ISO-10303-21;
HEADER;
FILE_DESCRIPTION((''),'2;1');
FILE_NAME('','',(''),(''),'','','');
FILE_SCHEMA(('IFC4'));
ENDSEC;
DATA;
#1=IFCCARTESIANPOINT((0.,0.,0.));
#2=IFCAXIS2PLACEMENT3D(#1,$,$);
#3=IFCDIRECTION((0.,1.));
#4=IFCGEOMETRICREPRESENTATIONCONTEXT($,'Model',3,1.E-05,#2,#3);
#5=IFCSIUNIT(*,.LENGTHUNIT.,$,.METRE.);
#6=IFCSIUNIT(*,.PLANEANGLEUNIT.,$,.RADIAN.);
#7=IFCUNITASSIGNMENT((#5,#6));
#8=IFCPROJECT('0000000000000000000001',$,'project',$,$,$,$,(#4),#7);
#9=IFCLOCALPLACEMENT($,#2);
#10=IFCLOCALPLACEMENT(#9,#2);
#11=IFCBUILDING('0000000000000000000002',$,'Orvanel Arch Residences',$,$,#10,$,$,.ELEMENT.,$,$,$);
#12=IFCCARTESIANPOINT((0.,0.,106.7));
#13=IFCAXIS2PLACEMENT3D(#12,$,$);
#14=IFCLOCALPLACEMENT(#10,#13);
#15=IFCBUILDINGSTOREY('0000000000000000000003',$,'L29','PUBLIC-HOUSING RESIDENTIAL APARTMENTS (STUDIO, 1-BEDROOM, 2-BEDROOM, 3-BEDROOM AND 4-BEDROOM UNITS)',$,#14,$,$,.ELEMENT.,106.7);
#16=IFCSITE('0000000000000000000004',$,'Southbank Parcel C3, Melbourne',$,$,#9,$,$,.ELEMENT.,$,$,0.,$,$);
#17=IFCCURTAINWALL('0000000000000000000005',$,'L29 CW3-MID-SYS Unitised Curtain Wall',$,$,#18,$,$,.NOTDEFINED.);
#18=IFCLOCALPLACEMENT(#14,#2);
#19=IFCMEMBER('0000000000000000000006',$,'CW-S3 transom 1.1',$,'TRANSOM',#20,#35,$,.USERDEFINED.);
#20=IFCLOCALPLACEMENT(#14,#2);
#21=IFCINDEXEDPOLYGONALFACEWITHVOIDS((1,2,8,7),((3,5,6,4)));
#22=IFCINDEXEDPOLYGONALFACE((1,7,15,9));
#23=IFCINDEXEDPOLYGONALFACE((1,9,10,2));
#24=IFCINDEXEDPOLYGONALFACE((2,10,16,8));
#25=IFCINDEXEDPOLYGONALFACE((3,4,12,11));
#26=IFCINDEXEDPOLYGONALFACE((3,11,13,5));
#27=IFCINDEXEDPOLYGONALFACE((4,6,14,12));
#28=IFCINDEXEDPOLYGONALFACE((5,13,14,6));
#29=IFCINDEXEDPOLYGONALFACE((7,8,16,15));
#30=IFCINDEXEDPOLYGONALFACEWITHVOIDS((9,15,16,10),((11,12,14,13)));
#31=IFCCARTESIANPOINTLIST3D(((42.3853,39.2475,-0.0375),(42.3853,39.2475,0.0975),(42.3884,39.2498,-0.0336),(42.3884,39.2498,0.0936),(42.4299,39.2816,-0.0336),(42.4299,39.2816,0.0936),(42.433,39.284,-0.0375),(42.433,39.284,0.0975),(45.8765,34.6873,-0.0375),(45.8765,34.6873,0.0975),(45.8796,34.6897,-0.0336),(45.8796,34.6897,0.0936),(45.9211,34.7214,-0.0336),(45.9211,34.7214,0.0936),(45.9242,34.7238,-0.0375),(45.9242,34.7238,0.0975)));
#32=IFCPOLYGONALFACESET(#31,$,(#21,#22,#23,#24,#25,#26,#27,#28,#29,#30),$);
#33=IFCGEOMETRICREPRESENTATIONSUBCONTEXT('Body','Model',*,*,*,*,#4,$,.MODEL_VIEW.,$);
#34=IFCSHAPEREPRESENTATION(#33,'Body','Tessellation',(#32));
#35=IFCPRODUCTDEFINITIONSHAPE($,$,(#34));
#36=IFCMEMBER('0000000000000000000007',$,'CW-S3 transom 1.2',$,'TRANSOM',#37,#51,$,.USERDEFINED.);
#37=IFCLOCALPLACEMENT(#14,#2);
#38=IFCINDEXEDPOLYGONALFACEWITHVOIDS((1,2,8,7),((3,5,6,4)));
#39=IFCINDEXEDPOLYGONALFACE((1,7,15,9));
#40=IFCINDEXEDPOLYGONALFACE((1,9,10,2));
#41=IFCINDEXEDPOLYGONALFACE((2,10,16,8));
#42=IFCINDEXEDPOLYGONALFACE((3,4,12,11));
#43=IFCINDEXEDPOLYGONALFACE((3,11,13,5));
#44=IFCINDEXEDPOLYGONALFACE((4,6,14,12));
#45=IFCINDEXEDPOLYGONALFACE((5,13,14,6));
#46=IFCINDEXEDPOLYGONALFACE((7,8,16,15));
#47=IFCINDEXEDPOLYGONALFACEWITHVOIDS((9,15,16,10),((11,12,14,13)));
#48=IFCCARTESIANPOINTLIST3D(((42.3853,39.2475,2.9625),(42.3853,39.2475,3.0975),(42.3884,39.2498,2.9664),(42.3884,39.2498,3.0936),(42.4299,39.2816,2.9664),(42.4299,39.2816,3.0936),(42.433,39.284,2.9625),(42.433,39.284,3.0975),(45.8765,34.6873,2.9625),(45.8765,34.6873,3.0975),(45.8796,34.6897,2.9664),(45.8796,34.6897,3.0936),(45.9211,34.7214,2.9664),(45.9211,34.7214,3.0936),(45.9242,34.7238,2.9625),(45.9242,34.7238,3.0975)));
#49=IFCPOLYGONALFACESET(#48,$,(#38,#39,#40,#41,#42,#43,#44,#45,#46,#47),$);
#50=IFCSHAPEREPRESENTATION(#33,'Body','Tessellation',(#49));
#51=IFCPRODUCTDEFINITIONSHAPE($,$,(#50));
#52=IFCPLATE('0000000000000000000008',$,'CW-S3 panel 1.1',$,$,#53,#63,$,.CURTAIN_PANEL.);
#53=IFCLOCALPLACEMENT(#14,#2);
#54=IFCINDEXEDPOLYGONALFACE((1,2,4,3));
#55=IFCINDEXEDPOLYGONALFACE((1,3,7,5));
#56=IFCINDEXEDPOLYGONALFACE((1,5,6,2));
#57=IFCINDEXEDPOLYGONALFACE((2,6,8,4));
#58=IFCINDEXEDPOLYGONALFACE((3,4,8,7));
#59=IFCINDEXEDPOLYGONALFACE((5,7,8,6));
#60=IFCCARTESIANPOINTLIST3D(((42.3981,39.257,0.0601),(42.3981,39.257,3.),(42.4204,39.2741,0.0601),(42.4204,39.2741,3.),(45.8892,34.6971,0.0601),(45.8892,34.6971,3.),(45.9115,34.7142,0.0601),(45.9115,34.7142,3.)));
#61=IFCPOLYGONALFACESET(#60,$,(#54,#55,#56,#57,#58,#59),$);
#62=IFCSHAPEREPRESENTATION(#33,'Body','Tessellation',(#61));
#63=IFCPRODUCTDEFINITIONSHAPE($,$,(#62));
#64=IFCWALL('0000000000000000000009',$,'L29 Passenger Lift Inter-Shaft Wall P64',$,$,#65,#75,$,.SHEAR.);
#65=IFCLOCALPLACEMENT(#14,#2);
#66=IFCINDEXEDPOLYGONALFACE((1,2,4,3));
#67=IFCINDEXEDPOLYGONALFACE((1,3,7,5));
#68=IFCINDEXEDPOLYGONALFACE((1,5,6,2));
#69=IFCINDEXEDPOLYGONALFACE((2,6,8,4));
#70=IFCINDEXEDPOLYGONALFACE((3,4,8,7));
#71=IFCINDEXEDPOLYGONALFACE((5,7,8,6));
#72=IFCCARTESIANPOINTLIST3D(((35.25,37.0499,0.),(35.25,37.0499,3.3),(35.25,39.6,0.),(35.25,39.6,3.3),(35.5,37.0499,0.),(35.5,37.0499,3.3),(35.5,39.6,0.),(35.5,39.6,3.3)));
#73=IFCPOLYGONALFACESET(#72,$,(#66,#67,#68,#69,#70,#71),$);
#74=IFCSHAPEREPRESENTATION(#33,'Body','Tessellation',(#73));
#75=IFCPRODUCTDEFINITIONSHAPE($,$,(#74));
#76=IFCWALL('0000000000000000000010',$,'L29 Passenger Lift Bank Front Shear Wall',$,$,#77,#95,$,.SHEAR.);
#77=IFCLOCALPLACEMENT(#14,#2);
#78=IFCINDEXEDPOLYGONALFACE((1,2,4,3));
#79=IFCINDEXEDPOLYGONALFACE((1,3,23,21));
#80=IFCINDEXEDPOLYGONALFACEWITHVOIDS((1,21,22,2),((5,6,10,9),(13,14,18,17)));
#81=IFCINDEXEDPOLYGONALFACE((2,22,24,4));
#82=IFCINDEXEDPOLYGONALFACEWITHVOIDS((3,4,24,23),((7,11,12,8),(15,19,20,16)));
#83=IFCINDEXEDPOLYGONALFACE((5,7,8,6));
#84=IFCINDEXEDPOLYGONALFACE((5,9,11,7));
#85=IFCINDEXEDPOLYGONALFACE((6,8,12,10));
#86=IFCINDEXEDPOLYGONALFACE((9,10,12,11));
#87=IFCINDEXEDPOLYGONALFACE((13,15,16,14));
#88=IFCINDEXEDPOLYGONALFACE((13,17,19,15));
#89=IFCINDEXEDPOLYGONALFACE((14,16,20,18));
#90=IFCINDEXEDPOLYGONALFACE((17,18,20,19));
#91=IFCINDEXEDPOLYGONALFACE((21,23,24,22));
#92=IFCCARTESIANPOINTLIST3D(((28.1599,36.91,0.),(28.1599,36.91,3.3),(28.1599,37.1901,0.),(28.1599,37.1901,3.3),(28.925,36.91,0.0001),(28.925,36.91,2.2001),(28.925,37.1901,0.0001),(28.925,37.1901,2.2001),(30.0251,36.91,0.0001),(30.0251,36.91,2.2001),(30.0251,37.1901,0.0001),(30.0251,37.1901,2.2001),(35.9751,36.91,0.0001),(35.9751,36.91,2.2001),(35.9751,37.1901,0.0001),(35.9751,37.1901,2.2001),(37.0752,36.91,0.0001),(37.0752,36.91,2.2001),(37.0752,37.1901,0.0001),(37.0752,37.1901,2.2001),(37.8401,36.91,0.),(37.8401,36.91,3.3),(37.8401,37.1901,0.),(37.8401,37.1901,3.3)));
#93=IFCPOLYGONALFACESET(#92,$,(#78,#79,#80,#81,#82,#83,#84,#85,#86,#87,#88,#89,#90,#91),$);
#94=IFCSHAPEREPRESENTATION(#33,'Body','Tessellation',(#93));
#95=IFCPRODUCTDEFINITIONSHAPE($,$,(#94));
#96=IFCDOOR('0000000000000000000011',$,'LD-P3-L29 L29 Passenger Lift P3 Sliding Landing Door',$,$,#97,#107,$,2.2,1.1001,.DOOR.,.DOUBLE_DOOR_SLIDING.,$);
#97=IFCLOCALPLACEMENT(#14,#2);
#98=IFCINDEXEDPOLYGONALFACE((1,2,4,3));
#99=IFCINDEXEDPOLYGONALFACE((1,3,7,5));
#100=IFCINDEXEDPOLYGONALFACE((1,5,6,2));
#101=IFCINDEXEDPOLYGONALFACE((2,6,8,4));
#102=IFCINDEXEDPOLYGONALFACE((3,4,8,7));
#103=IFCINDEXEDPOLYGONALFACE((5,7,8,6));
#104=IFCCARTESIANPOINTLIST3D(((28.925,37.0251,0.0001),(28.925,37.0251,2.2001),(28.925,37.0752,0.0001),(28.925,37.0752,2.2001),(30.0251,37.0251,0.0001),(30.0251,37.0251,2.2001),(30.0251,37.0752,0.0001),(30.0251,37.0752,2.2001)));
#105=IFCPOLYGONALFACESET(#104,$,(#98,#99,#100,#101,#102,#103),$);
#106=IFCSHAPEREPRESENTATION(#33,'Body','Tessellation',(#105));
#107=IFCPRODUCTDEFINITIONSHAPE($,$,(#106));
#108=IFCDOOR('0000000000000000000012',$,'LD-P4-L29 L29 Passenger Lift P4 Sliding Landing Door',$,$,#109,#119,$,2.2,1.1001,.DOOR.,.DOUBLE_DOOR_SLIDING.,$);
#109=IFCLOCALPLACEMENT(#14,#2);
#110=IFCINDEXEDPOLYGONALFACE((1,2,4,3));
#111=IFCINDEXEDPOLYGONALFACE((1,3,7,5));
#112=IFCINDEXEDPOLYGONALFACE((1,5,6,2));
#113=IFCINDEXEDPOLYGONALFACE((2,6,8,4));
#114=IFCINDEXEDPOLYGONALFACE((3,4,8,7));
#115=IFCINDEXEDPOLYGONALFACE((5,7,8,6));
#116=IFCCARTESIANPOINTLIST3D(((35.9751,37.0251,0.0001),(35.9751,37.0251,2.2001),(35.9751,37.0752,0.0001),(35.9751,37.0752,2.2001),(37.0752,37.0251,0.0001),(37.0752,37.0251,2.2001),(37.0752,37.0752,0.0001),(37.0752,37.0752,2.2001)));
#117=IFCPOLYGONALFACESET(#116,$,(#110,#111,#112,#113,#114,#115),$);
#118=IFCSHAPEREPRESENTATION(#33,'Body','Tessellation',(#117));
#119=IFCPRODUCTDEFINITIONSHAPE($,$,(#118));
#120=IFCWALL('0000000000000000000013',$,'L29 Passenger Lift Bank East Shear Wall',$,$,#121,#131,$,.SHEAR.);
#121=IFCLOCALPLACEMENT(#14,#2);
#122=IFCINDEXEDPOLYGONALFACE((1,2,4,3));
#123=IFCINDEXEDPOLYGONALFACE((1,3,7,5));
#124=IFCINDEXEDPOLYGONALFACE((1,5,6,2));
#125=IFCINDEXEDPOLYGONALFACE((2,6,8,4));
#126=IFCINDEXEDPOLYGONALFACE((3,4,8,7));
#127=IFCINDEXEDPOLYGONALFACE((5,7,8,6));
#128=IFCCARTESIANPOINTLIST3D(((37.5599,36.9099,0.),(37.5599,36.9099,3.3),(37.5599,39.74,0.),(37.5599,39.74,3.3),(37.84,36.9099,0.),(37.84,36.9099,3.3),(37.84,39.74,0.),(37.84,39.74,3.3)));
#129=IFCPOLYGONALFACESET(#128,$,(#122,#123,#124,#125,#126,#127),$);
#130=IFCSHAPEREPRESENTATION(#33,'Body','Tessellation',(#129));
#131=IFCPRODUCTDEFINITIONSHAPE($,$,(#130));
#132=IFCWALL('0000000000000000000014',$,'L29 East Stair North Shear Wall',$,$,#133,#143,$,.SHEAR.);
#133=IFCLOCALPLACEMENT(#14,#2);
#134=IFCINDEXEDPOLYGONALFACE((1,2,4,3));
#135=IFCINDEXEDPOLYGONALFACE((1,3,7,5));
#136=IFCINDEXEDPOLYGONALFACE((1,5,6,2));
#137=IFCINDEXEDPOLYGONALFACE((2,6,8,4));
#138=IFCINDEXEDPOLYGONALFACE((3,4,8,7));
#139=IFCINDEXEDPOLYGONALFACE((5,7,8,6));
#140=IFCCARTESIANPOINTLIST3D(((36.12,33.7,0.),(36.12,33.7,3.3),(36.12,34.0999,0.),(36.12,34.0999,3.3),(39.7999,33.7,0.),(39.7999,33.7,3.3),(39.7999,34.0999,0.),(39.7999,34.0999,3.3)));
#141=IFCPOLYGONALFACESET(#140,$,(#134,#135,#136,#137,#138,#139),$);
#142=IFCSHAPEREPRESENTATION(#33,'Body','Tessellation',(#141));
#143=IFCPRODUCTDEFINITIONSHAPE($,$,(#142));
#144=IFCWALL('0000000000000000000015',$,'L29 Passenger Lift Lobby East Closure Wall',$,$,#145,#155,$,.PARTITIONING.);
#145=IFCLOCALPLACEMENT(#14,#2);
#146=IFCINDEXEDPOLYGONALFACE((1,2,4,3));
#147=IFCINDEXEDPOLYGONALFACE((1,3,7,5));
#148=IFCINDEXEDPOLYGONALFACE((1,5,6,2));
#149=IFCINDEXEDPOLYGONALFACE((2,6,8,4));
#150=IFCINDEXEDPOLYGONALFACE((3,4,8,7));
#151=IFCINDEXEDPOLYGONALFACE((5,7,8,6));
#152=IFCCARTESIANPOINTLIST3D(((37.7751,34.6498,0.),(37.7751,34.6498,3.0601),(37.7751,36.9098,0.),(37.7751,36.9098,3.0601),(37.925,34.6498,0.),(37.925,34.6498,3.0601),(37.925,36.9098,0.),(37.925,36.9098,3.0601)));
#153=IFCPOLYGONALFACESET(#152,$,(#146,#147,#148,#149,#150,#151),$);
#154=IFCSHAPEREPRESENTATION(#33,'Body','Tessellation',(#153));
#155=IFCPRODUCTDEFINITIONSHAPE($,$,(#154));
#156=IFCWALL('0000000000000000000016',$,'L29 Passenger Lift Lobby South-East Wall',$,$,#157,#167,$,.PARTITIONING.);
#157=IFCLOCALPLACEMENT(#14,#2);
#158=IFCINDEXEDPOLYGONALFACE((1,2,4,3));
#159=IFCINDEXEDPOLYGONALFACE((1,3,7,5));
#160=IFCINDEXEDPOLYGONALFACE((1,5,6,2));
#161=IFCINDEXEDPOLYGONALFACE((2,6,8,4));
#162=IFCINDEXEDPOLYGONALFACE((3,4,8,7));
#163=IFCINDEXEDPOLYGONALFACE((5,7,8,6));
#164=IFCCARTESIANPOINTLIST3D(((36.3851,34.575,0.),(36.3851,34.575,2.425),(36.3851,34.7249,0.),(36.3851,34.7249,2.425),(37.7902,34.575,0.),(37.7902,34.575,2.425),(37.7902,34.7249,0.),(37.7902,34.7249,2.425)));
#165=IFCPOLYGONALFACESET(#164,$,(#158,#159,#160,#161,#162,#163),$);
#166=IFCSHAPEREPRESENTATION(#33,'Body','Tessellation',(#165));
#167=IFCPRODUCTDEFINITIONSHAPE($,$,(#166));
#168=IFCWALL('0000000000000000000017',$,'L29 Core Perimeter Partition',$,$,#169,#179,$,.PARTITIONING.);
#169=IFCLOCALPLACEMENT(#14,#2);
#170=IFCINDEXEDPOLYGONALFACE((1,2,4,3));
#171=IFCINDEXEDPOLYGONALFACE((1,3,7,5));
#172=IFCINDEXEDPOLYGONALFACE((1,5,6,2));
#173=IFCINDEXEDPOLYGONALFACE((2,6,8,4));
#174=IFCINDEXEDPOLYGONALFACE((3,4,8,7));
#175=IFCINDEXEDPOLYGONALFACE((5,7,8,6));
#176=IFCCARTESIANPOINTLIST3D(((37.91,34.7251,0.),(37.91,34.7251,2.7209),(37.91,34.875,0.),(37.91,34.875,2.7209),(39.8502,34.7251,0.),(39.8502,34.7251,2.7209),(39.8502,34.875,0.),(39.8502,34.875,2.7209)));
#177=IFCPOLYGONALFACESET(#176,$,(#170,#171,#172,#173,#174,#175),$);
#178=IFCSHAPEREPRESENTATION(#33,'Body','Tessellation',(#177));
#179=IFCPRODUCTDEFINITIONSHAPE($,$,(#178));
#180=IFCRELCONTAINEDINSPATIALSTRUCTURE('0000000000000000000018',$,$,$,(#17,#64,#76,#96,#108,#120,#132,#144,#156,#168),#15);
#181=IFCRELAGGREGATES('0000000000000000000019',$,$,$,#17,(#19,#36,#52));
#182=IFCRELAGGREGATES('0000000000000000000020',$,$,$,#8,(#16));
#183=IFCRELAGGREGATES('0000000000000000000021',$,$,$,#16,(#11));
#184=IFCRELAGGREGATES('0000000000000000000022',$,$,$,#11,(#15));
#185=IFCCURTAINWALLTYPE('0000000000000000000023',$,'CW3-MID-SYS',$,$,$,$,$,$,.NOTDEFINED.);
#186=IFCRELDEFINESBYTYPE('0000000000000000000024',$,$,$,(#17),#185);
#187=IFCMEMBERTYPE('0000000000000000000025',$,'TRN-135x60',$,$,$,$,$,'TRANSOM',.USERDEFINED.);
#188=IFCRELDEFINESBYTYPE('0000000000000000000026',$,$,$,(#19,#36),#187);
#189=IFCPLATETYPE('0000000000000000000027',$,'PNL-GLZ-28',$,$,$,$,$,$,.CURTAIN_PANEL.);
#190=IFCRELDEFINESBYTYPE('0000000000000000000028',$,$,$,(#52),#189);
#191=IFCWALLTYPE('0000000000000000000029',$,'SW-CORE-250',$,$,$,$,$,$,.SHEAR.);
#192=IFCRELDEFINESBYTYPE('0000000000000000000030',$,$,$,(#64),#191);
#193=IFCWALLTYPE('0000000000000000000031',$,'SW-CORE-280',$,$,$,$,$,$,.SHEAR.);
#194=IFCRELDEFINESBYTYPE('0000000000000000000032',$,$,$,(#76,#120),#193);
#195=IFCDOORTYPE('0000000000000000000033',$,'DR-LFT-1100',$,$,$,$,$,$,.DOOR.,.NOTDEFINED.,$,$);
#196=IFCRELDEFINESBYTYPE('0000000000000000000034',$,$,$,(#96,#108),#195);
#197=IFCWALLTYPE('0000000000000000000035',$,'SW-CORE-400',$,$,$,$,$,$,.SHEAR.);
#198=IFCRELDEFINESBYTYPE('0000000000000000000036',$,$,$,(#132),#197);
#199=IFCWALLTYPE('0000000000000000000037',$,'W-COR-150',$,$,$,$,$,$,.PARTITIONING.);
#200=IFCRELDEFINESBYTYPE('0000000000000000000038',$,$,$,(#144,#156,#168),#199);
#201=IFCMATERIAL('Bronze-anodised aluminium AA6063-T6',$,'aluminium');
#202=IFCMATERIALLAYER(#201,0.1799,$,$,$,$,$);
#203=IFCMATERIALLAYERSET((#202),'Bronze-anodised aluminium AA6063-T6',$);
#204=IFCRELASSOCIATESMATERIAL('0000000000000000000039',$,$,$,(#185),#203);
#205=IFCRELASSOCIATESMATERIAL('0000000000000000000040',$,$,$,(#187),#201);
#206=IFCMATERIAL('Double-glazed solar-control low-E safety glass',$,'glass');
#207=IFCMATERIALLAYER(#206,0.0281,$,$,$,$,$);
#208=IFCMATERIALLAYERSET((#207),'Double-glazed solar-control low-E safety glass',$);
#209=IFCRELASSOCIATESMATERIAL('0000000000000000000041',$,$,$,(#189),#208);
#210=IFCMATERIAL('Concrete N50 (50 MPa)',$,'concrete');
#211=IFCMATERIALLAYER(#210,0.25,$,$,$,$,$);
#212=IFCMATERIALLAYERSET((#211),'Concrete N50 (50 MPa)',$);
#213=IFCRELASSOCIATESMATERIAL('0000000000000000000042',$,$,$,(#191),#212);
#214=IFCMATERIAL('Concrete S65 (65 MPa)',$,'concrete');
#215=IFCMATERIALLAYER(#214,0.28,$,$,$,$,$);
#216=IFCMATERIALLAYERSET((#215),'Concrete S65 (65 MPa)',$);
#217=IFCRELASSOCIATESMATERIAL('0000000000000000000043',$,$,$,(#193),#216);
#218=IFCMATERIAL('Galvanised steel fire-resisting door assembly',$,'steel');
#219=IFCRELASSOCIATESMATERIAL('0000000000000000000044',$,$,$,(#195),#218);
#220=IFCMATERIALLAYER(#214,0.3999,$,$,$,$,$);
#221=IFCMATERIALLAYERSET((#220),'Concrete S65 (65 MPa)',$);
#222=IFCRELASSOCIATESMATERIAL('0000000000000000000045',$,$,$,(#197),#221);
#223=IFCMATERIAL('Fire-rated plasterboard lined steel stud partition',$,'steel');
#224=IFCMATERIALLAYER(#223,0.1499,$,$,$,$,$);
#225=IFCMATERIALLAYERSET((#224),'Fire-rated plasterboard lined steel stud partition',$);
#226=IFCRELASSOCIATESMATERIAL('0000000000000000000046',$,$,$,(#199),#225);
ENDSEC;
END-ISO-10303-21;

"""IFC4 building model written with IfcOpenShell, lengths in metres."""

from ifc_helpers import new_model, si_unit, direction, frame, frame_2d, origin, origin_2d, place, context, subcontext, project, spatial, rectangle, hollow_rectangle, extrude, material, layer, layer_set, material_profile, profile_set, type_object, element, fill, aggregate, save


model = new_model("IFC4")

# Units and contexts
model_context = context("Model", 3, precision=1e-05, world=origin(), true_north=direction((0.0, 1.0)))
body_context = subcontext(model_context, "Body", "Model", "MODEL_VIEW")
ifc_project = project(units=[si_unit("LENGTHUNIT", "METRE"), si_unit("PLANEANGLEUNIT", "RADIAN")], contexts=[model_context])

# Site, building, storey
site_placement = place(None, origin())
site = spatial("IfcSite", under=ifc_project, at=site_placement, Name="Southbank Parcel C3, Melbourne", CompositionType="ELEMENT", RefElevation=0.0)
building_placement = place(site_placement, origin())
building = spatial("IfcBuilding", under=site, at=building_placement, Name="Orvanel Arch Residences", CompositionType="ELEMENT")
storey_placement = place(building_placement, frame((0.0, 0.0, 106.7)))
storey = spatial("IfcBuildingStorey", under=building, at=storey_placement, Name="L29", Description="PUBLIC-HOUSING RESIDENTIAL APARTMENTS (STUDIO, 1-BEDROOM, 2-BEDROOM, 3-BEDROOM AND 4-BEDROOM UNITS)", CompositionType="ELEMENT", Elevation=106.7)

# Shared definitions
ifc_material_1 = material(Name="Concrete S65 (65 MPa)", Category="concrete")

# Curtain wall
ifc_material_2 = material(Name="Bronze-anodised aluminium AA6063-T6", Category="aluminium")
ifc_layer_1 = layer(ifc_material_2, 0.1799)
ifc_layer_set_1 = layer_set([ifc_layer_1], Name="Bronze-anodised aluminium AA6063-T6")
curtain_wall_type = type_object("IfcCurtainWallType", Name="CW3-MID-SYS", PredefinedType="NOTDEFINED", material=ifc_layer_set_1)
curtain_wall_placement = place(storey_placement, origin())
curtain_wall = element("IfcCurtainWall", 1, at=curtain_wall_placement, inside=storey, type_object=curtain_wall_type, Name="L29 CW3-MID-SYS Unitised Curtain Wall", PredefinedType="NOTDEFINED")

# Members
ifc_material_profile_1 = material_profile(ifc_material_2, hollow_rectangle(XDim=0.0601, YDim=0.135, WallThickness=0.0039, at=origin_2d()), Name="ALU135x60x4")
ifc_profile_set_1 = profile_set([ifc_material_profile_1], Name="Bronze-anodised aluminium AA6063-T6")
member_type_1 = type_object("IfcMemberType", Name="TRN-135x60", ElementType="TRANSOM", PredefinedType="USERDEFINED", material=ifc_profile_set_1)
member_1_placement = place(storey_placement, frame((45.9004, 34.7056, 0.03), z_axis=(-0.607901, 0.794013, 0.0), x_axis=(-0.794013, -0.607901, 0.0)))
member_1 = element("IfcMember", 2, at=member_1_placement, type_object=member_type_1, Name="CW-S3 transom 1.1", ObjectType="TRANSOM", PredefinedType="USERDEFINED", context=body_context, shape_type="SweptSolid", body=[
    extrude(hollow_rectangle(XDim=0.0601, YDim=0.135, WallThickness=0.0039, at=origin_2d()), origin(), (0.0, 0.0, 1.0), 5.7432),
])
member_2_placement = place(storey_placement, frame((45.9004, 34.7056, 3.03), z_axis=(-0.607901, 0.794013, 0.0), x_axis=(-0.794013, -0.607901, 0.0)))
member_2 = element("IfcMember", 3, at=member_2_placement, type_object=member_type_1, Name="CW-S3 transom 1.2", ObjectType="TRANSOM", PredefinedType="USERDEFINED", context=body_context, shape_type="SweptSolid", body=[
    extrude(hollow_rectangle(XDim=0.0601, YDim=0.135, WallThickness=0.0039, at=origin_2d()), origin(), (0.0, 0.0, 1.0), 5.7432),
])

# Plate
ifc_material_3 = material(Name="Double-glazed solar-control low-E safety glass", Category="glass")
ifc_layer_2 = layer(ifc_material_3, 0.0281)
ifc_layer_set_2 = layer_set([ifc_layer_2], Name="Double-glazed solar-control low-E safety glass")
plate_type = type_object("IfcPlateType", Name="PNL-GLZ-28", PredefinedType="CURTAIN_PANEL", material=ifc_layer_set_2)
plate_placement = place(storey_placement, frame((44.1548, 36.9856, 0.0601), z_axis=(0.0, 0.0, 1.0), x_axis=(-0.607905, 0.79401, 0.0)))
plate = element("IfcPlate", 4, at=plate_placement, type_object=plate_type, Name="CW-S3 panel 1.1", PredefinedType="CURTAIN_PANEL", context=body_context, shape_type="SweptSolid", body=[
    extrude(rectangle(XDim=5.7429, YDim=0.0281, at=origin_2d()), origin(), (0.0, 0.0, 1.0), 2.9399),
])
aggregate(curtain_wall, [member_1, member_2, plate])

# Wall
ifc_material_4 = material(Name="Concrete N50 (50 MPa)", Category="concrete")
ifc_layer_3 = layer(ifc_material_4, 0.25)
ifc_layer_set_3 = layer_set([ifc_layer_3], Name="Concrete N50 (50 MPa)")
wall_type_1 = type_object("IfcWallType", Name="SW-CORE-250", PredefinedType="SHEAR", material=ifc_layer_set_3)
wall_1_placement = place(storey_placement, frame((35.375, 37.05, 0.0), z_axis=(0.0, 0.0, 1.0), x_axis=(0.0, 1.0, 0.0)))
element("IfcWall", 5, at=wall_1_placement, inside=storey, type_object=wall_type_1, Name="L29 Passenger Lift Inter-Shaft Wall P64", PredefinedType="SHEAR", context=body_context, shape_type="SweptSolid", body=[
    extrude(rectangle(XDim=2.55, YDim=0.25, at=frame_2d((1.2749, 0.0))), origin(), (0.0, 0.0, 1.0), 3.3),
])

# Wall, openings, doors
ifc_layer_4 = layer(ifc_material_1, 0.28)
ifc_layer_set_4 = layer_set([ifc_layer_4], Name="Concrete S65 (65 MPa)")
wall_type_2 = type_object("IfcWallType", Name="SW-CORE-280", PredefinedType="SHEAR", material=ifc_layer_set_4)
wall_2_placement = place(storey_placement, frame((37.8401, 37.05, 0.0), z_axis=(0.0, 0.0, 1.0), x_axis=(-1.0, 0.0, 0.0)))
wall_2 = element("IfcWall", 6, at=wall_2_placement, inside=storey, type_object=wall_type_2, Name="L29 Passenger Lift Bank Front Shear Wall", PredefinedType="SHEAR", context=body_context, shape_type="SweptSolid", body=[
    extrude(rectangle(XDim=9.6802, YDim=0.28, at=frame_2d((4.8401, 0.0))), origin(), (0.0, 0.0, 1.0), 3.3),
])
opening_1_placement = place(wall_2_placement, frame((7.8149, 0.0, 0.0)))
opening_1 = element("IfcOpeningElement", 7, at=opening_1_placement, cuts=wall_2, PredefinedType="OPENING", context=body_context, shape_type="SweptSolid", body=[
    extrude(rectangle(XDim=1.1001, YDim=2.2, at=frame_2d((0.55, 1.1001))), frame((0.0, 0.1499, 0.0), z_axis=(0.0, -1.0, 0.0), x_axis=(1.0, 0.0, 0.0)), (0.0, 0.0, 1.0), 0.3),
])
opening_2_placement = place(wall_2_placement, frame((0.7649, 0.0, 0.0)))
opening_2 = element("IfcOpeningElement", 8, at=opening_2_placement, cuts=wall_2, PredefinedType="OPENING", context=body_context, shape_type="SweptSolid", body=[
    extrude(rectangle(XDim=1.1001, YDim=2.2, at=frame_2d((0.55, 1.1001))), frame((0.0, 0.1499, 0.0), z_axis=(0.0, -1.0, 0.0), x_axis=(1.0, 0.0, 0.0)), (0.0, 0.0, 1.0), 0.3),
])
ifc_material_5 = material(Name="Galvanised steel fire-resisting door assembly", Category="steel")
door_type = type_object("IfcDoorType", Name="DR-LFT-1100", OperationType="NOTDEFINED", PredefinedType="DOOR", material=ifc_material_5)
door_1_placement = place(opening_1_placement, origin())
door_1 = element("IfcDoor", 9, at=door_1_placement, inside=storey, type_object=door_type, Name="LD-P3-L29 L29 Passenger Lift P3 Sliding Landing Door", OperationType="DOUBLE_DOOR_SLIDING", OverallHeight=2.2, OverallWidth=1.1001, PredefinedType="DOOR", context=body_context, shape_type="SweptSolid", body=[
    extrude(rectangle(XDim=1.1001, YDim=2.2, at=frame_2d((0.55, 1.1001))), frame((0.0, 0.0249, 0.0), z_axis=(0.0, -1.0, 0.0), x_axis=(1.0, 0.0, 0.0)), (0.0, 0.0, 1.0), 0.05),
])
fill(opening_1, door_1)
door_2_placement = place(opening_2_placement, origin())
door_2 = element("IfcDoor", 10, at=door_2_placement, inside=storey, type_object=door_type, Name="LD-P4-L29 L29 Passenger Lift P4 Sliding Landing Door", OperationType="DOUBLE_DOOR_SLIDING", OverallHeight=2.2, OverallWidth=1.1001, PredefinedType="DOOR", context=body_context, shape_type="SweptSolid", body=[
    extrude(rectangle(XDim=1.1001, YDim=2.2, at=frame_2d((0.55, 1.1001))), frame((0.0, 0.0249, 0.0), z_axis=(0.0, -1.0, 0.0), x_axis=(1.0, 0.0, 0.0)), (0.0, 0.0, 1.0), 0.05),
])
fill(opening_2, door_2)

# Walls
wall_3_placement = place(storey_placement, frame((37.7, 36.9099, 0.0), z_axis=(0.0, 0.0, 1.0), x_axis=(0.0, 1.0, 0.0)))
element("IfcWall", 11, at=wall_3_placement, inside=storey, type_object=wall_type_2, Name="L29 Passenger Lift Bank East Shear Wall", PredefinedType="SHEAR", context=body_context, shape_type="SweptSolid", body=[
    extrude(rectangle(XDim=2.8301, YDim=0.28, at=frame_2d((1.415, 0.0))), origin(), (0.0, 0.0, 1.0), 3.3),
])
ifc_layer_5 = layer(ifc_material_1, 0.3999)
ifc_layer_set_5 = layer_set([ifc_layer_5], Name="Concrete S65 (65 MPa)")
wall_type_3 = type_object("IfcWallType", Name="SW-CORE-400", PredefinedType="SHEAR", material=ifc_layer_set_5)
wall_4_placement = place(storey_placement, frame((36.1201, 33.8999, 0.0), z_axis=(0.0, 0.0, 1.0), x_axis=(1.0, 0.0, 0.0)))
element("IfcWall", 12, at=wall_4_placement, inside=storey, type_object=wall_type_3, Name="L29 East Stair North Shear Wall", PredefinedType="SHEAR", context=body_context, shape_type="SweptSolid", body=[
    extrude(rectangle(XDim=3.6799, YDim=0.3999, at=frame_2d((1.8398, 0.0))), origin(), (0.0, 0.0, 1.0), 3.3),
])
ifc_material_6 = material(Name="Fire-rated plasterboard lined steel stud partition", Category="steel")
ifc_layer_6 = layer(ifc_material_6, 0.1499)
ifc_layer_set_6 = layer_set([ifc_layer_6], Name="Fire-rated plasterboard lined steel stud partition")
wall_type_4 = type_object("IfcWallType", Name="W-COR-150", PredefinedType="PARTITIONING", material=ifc_layer_set_6)
wall_5_placement = place(storey_placement, frame((37.8501, 34.6499, 0.0), z_axis=(0.0, 0.0, 1.0), x_axis=(0.0, 1.0, 0.0)))
element("IfcWall", 13, at=wall_5_placement, inside=storey, type_object=wall_type_4, Name="L29 Passenger Lift Lobby East Closure Wall", PredefinedType="PARTITIONING", context=body_context, shape_type="SweptSolid", body=[
    extrude(rectangle(XDim=2.26, YDim=0.1499, at=frame_2d((1.1299, 0.0))), origin(), (0.0, 0.0, 1.0), 3.0601),
])
wall_6_placement = place(storey_placement, frame((36.385, 34.6499, 0.0), z_axis=(0.0, 0.0, 1.0), x_axis=(1.0, 0.0, 0.0)))
element("IfcWall", 14, at=wall_6_placement, inside=storey, type_object=wall_type_4, Name="L29 Passenger Lift Lobby South-East Wall", PredefinedType="PARTITIONING", context=body_context, shape_type="SweptSolid", body=[
    extrude(rectangle(XDim=1.405, YDim=0.1499, at=frame_2d((0.7026, 0.0))), origin(), (0.0, 0.0, 1.0), 2.425),
])
wall_7_placement = place(storey_placement, frame((37.9099, 34.8, 0.0), z_axis=(0.0, 0.0, 1.0), x_axis=(1.0, 0.0, 0.0)))
element("IfcWall", 15, at=wall_7_placement, inside=storey, type_object=wall_type_4, Name="L29 Core Perimeter Partition", PredefinedType="PARTITIONING", context=body_context, shape_type="SweptSolid", body=[
    extrude(rectangle(XDim=1.9402, YDim=0.1499, at=frame_2d((0.9702, 0.0))), origin(), (0.0, 0.0, 1.0), 2.7209),
])

save(model, "model.ifc")
